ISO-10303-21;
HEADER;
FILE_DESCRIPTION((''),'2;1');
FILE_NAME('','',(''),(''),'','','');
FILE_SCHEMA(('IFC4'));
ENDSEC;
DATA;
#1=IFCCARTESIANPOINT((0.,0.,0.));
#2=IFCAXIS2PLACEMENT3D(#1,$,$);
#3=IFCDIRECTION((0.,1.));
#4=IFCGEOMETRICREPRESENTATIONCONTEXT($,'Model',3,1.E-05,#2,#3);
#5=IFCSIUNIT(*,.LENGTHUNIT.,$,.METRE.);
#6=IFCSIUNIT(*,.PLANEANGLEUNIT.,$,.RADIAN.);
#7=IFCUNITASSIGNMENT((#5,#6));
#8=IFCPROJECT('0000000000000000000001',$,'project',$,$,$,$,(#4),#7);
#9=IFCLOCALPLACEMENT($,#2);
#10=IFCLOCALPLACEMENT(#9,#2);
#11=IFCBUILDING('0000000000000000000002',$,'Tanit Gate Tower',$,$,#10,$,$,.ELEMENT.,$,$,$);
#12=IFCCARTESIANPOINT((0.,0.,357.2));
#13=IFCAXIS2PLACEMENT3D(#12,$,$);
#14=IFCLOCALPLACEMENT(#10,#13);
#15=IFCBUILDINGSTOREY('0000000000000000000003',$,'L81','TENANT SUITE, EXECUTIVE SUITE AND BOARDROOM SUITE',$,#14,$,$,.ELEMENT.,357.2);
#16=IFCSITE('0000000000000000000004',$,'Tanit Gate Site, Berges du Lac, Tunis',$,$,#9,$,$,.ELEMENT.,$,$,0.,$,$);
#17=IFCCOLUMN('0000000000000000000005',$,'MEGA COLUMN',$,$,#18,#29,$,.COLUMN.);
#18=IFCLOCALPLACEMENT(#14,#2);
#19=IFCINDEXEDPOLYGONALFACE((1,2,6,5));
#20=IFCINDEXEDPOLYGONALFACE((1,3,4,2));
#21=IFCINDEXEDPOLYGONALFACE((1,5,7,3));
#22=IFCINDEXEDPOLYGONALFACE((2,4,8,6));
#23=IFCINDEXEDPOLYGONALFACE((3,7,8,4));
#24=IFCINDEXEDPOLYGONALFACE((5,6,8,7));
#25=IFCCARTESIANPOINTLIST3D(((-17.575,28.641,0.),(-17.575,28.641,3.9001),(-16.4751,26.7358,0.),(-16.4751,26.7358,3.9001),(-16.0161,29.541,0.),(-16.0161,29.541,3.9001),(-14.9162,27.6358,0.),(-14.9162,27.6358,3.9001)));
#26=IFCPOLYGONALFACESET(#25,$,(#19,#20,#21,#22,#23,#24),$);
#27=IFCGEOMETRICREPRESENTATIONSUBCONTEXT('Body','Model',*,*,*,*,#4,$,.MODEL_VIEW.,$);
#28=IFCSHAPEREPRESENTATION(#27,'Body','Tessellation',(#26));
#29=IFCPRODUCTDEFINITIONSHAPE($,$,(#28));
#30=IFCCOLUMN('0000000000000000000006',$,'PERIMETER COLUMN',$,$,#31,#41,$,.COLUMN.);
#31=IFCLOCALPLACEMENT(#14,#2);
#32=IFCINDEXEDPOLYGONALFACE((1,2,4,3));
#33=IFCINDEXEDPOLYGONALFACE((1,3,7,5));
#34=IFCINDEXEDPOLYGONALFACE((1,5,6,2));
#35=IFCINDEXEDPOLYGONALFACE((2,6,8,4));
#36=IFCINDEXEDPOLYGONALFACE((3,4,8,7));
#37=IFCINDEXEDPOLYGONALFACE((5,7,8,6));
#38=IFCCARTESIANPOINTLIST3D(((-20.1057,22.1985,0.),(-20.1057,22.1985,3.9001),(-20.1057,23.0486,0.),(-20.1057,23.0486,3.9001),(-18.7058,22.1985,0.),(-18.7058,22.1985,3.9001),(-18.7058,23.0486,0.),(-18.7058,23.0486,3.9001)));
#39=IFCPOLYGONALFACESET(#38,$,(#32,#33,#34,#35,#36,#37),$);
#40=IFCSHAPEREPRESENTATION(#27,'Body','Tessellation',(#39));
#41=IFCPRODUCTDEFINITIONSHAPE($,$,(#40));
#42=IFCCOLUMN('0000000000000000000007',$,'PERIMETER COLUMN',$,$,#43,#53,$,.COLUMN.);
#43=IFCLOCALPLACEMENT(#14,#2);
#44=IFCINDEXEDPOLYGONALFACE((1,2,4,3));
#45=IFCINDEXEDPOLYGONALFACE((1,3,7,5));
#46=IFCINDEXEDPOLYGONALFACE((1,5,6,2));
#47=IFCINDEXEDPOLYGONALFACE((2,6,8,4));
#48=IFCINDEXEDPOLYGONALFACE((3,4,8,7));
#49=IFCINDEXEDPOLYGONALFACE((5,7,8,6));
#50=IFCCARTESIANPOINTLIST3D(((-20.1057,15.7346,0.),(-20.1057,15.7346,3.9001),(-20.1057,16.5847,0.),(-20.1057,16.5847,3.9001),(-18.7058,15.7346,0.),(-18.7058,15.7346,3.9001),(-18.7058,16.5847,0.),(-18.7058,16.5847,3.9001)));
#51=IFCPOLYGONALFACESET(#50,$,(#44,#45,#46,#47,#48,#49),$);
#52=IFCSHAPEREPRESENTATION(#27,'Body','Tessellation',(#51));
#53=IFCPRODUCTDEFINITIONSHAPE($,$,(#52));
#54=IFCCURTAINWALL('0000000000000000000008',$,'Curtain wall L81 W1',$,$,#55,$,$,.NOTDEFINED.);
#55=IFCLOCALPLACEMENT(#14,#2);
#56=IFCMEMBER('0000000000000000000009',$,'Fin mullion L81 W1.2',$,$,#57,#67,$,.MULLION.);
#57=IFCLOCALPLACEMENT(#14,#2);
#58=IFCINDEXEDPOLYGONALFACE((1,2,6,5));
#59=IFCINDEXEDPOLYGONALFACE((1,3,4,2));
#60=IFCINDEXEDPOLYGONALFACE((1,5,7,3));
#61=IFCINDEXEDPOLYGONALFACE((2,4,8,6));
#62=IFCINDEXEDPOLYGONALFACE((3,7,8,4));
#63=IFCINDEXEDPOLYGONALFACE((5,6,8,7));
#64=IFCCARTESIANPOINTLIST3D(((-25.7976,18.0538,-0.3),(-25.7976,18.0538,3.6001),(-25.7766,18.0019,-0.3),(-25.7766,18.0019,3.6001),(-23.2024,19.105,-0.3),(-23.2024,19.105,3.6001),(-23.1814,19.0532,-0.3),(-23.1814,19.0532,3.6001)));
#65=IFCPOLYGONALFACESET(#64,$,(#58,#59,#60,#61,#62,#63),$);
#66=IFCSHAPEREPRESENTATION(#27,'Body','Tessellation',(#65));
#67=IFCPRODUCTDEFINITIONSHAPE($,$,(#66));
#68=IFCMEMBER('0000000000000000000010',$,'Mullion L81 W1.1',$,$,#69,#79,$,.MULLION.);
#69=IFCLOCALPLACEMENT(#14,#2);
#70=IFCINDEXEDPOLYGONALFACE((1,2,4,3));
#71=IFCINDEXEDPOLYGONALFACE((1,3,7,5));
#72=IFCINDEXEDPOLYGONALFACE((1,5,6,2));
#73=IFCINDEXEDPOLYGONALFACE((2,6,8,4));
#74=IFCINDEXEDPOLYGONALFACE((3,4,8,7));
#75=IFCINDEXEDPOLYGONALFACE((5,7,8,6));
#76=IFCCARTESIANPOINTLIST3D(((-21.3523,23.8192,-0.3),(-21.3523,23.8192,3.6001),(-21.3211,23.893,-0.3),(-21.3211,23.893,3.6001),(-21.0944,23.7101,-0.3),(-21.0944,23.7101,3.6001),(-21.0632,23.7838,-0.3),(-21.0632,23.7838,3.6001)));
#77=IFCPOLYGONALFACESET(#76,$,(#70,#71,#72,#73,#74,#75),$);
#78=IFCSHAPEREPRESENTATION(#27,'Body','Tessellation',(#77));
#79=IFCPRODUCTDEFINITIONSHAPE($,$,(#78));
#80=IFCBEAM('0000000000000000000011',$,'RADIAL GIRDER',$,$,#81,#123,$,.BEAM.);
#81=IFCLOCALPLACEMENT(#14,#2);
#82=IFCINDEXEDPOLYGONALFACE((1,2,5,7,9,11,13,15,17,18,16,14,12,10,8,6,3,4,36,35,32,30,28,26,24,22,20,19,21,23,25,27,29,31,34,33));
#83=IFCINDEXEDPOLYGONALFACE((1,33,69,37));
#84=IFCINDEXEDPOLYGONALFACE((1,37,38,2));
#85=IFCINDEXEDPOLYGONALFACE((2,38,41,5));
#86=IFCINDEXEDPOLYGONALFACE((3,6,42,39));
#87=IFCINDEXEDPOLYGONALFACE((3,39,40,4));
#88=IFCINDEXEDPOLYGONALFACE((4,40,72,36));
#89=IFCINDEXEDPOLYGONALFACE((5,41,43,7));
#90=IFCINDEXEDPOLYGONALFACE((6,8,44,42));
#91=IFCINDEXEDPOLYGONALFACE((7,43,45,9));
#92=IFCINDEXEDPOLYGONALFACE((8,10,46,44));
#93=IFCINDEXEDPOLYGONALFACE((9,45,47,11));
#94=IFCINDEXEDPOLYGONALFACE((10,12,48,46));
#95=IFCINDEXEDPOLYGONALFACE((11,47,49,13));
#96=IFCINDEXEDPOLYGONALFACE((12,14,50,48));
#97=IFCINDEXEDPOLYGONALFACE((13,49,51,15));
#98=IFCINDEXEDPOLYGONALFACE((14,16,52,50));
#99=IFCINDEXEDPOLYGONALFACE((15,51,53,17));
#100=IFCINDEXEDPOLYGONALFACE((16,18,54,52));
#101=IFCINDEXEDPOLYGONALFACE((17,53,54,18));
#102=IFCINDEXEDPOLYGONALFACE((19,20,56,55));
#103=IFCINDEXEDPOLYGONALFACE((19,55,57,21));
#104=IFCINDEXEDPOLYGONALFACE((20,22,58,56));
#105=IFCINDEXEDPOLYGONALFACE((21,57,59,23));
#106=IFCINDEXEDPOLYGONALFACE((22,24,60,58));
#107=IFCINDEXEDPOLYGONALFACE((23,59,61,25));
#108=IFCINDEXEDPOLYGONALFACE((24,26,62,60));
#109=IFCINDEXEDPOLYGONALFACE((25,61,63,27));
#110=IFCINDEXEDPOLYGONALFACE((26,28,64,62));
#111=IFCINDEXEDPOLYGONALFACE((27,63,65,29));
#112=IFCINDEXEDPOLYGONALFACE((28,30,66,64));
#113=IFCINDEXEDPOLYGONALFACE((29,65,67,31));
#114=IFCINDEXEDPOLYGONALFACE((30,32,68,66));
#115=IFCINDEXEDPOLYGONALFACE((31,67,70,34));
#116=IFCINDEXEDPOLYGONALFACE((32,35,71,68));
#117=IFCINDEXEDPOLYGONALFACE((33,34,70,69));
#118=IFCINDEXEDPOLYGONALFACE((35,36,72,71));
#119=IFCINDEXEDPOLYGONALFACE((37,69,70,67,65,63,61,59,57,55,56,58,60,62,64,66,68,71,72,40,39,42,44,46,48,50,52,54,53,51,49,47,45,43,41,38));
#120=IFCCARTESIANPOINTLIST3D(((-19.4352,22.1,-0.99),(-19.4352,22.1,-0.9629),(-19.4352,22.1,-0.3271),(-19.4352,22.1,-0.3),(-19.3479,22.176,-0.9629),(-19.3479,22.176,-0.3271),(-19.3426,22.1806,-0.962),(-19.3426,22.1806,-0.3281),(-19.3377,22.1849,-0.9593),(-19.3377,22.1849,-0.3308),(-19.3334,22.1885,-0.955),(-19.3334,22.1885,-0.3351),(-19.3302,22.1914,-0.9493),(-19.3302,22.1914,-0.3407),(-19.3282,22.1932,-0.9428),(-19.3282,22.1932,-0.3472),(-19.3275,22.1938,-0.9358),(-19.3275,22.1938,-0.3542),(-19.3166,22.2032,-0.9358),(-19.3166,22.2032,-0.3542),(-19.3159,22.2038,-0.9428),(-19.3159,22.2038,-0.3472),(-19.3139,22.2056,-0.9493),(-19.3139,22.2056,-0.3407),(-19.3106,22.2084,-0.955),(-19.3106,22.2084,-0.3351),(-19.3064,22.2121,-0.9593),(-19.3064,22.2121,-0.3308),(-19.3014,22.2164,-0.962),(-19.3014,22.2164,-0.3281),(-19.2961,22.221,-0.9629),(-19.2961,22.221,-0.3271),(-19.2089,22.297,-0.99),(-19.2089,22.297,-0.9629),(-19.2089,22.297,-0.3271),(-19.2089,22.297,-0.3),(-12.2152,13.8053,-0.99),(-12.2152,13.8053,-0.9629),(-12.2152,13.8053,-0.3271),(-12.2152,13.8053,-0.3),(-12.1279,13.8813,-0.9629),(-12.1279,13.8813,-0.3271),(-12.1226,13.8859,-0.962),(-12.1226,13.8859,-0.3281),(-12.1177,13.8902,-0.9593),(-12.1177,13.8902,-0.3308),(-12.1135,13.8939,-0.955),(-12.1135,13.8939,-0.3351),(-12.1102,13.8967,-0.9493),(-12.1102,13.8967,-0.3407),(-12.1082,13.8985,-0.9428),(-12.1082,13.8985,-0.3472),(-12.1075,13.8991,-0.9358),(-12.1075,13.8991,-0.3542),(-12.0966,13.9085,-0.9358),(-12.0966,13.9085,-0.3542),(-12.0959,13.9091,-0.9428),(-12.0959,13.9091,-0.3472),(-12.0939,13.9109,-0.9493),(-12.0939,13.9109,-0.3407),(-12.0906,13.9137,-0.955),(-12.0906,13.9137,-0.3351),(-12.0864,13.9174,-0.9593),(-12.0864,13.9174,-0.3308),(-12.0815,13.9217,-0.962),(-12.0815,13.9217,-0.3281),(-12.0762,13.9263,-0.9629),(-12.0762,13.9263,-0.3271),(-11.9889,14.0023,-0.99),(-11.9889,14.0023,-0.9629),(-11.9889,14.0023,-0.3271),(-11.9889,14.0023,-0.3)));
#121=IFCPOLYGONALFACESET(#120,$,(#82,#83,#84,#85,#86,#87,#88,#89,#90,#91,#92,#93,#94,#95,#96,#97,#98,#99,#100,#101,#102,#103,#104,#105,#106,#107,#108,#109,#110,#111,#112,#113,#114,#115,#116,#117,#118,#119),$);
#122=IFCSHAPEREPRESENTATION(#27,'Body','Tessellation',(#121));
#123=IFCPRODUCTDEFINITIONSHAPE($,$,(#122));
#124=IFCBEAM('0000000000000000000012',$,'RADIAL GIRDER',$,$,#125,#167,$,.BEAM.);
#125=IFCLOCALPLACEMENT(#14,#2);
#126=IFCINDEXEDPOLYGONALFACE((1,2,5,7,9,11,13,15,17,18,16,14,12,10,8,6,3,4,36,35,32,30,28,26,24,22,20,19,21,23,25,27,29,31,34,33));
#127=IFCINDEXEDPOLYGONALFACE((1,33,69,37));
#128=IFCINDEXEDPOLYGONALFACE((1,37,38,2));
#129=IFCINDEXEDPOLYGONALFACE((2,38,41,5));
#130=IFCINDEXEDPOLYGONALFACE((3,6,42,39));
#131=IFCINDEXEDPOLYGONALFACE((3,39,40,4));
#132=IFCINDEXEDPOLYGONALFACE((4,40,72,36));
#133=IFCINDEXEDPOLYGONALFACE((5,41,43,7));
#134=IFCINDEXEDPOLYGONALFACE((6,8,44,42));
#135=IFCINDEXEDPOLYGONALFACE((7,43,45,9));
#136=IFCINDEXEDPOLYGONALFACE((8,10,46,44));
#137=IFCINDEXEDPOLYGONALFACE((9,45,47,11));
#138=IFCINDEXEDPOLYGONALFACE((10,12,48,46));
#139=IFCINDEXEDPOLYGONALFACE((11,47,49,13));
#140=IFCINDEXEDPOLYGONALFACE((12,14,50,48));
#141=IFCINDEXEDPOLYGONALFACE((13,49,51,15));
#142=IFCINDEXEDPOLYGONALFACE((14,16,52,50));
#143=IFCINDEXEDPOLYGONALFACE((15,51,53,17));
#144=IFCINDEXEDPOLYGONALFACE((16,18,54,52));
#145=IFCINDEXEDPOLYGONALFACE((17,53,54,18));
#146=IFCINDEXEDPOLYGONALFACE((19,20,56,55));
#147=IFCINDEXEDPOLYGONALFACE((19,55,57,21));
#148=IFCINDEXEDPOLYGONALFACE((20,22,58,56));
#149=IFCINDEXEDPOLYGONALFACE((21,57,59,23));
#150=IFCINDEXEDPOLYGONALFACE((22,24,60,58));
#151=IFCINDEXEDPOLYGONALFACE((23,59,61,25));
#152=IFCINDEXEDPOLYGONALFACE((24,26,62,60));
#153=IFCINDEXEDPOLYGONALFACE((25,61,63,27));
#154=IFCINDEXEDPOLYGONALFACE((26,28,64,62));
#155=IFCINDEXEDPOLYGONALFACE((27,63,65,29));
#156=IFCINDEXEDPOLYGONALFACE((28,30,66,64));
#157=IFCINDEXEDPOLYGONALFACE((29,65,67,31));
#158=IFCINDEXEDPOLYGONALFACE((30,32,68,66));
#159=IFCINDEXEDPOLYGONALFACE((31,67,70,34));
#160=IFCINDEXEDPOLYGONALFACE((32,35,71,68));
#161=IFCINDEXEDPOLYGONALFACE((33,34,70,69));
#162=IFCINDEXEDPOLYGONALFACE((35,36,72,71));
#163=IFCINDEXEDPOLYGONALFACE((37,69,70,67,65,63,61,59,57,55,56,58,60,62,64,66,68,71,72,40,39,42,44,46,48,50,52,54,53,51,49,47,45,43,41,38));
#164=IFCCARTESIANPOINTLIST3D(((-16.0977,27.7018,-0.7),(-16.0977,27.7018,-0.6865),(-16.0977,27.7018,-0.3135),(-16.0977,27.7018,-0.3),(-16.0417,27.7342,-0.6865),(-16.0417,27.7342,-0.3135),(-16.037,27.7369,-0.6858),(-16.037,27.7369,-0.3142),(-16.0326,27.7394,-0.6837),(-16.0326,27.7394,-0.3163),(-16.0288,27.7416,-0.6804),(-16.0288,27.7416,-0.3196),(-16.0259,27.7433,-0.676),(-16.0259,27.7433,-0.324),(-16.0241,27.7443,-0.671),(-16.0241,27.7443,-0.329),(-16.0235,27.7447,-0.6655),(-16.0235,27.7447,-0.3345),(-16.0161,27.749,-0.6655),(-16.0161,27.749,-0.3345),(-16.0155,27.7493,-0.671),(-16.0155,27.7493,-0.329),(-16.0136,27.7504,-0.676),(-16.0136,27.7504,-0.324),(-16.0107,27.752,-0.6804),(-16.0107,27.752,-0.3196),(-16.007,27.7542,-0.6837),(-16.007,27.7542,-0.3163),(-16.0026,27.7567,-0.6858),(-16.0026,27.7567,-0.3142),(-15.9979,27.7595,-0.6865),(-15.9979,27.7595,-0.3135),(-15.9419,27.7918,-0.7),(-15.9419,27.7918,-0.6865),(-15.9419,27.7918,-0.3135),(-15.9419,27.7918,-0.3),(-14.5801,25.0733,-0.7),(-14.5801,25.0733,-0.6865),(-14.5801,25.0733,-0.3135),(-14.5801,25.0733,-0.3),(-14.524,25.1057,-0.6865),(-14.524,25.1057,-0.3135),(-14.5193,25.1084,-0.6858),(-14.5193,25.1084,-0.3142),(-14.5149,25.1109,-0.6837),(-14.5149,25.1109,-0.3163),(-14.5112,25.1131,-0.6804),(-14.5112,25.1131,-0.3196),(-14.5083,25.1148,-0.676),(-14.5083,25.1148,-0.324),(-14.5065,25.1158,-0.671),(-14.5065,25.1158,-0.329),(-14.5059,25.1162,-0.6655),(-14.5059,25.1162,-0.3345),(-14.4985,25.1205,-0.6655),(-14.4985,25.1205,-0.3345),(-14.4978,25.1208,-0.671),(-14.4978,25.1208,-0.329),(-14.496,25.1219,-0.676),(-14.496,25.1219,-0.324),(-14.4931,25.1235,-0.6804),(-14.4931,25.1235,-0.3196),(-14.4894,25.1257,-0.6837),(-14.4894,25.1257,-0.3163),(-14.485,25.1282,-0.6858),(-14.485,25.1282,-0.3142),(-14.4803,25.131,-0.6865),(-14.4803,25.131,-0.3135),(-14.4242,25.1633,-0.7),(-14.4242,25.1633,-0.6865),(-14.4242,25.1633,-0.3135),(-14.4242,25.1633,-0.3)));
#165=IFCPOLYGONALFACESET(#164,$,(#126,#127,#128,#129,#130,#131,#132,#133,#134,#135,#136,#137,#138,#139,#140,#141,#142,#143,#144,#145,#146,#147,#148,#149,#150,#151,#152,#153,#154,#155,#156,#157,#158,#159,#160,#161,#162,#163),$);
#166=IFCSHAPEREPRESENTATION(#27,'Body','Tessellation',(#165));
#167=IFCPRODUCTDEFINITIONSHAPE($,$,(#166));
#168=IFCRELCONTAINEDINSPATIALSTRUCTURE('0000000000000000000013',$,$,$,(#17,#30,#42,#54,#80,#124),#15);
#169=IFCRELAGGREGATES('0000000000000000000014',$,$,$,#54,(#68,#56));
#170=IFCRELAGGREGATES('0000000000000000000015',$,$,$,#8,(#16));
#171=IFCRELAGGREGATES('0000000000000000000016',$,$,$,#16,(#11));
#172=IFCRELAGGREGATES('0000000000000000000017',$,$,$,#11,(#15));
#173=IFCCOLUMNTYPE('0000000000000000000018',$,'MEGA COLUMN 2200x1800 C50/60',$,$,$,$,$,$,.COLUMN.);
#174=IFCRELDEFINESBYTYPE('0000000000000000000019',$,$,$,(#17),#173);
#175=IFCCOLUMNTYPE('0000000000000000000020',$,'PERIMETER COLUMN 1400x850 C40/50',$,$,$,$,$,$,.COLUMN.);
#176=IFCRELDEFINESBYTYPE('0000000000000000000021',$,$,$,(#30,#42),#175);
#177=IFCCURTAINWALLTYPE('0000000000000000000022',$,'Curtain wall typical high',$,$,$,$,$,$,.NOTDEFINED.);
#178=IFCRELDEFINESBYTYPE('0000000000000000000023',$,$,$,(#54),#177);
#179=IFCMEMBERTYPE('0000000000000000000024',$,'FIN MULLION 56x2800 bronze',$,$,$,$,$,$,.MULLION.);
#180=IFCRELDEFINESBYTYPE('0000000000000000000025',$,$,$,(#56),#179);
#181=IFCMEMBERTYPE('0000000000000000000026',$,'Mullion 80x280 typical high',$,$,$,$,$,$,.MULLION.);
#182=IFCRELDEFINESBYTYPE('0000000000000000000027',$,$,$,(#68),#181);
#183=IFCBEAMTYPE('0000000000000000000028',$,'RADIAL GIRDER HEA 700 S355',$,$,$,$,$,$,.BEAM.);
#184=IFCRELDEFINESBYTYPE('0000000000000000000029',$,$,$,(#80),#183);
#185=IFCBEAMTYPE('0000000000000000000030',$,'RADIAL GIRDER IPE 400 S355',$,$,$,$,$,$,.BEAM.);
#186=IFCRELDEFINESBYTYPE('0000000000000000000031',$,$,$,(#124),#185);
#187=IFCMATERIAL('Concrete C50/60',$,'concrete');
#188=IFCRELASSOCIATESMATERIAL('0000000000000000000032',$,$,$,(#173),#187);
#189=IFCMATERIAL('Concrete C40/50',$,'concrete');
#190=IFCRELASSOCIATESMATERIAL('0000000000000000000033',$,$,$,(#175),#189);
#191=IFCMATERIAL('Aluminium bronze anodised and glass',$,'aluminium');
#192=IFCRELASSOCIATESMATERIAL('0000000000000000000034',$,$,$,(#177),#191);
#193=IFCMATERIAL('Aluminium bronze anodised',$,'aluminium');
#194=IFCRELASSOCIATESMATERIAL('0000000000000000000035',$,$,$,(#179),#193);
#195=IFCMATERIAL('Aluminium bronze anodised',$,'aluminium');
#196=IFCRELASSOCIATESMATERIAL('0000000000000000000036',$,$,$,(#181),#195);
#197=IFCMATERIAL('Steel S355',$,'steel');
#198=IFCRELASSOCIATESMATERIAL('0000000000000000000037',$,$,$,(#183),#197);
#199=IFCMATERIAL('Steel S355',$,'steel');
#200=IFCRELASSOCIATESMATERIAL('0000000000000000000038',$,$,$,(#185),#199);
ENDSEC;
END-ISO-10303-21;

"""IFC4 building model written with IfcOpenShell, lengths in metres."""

from ifc_helpers import new_model, si_unit, direction, frame, origin, origin_2d, place, context, subcontext, project, spatial, rectangle, i_section, extrude, material, material_profile, profile_set, type_object, element, aggregate, save


model = new_model("IFC4")

# Units and contexts
model_context = context("Model", 3, precision=1e-05, world=origin(), true_north=direction((0.0, 1.0)))
body_context = subcontext(model_context, "Body", "Model", "MODEL_VIEW")
ifc_project = project(units=[si_unit("LENGTHUNIT", "METRE"), si_unit("PLANEANGLEUNIT", "RADIAN")], contexts=[model_context])

# Site, building, storey
site_placement = place(None, origin())
site = spatial("IfcSite", under=ifc_project, at=site_placement, Name="Tanit Gate Site, Berges du Lac, Tunis", CompositionType="ELEMENT", RefElevation=0.0)
building_placement = place(site_placement, origin())
building = spatial("IfcBuilding", under=site, at=building_placement, Name="Tanit Gate Tower", CompositionType="ELEMENT")
storey_placement = place(building_placement, frame((0.0, 0.0, 357.2)))
storey = spatial("IfcBuildingStorey", under=building, at=storey_placement, Name="L81", Description="TENANT SUITE, EXECUTIVE SUITE AND BOARDROOM SUITE", CompositionType="ELEMENT", Elevation=357.2)

# Columns
ifc_material_1 = material(Name="Concrete C50/60", Category="concrete")
ifc_material_profile_1 = material_profile(ifc_material_1, rectangle(XDim=2.2, YDim=1.8, at=origin_2d()), Name="RC 2200x1800")
ifc_profile_set_1 = profile_set([ifc_material_profile_1], Name="Concrete C50/60")
column_type_1 = type_object("IfcColumnType", Name="MEGA COLUMN 2200x1800 C50/60", PredefinedType="COLUMN", material=ifc_profile_set_1)
column_placement = place(storey_placement, frame((-16.2456, 28.1384, 0.0), z_axis=(0.0, 0.0, 1.0), x_axis=(-0.5, 0.866025, 0.0)))
element("IfcColumn", 1, at=column_placement, inside=storey, type_object=column_type_1, Name="MEGA COLUMN", PredefinedType="COLUMN", context=body_context, shape_type="SweptSolid", body=[
    extrude(rectangle(XDim=2.2, YDim=1.8, at=origin_2d()), origin(), (0.0, 0.0, 1.0), 3.9001),
])
ifc_material_2 = material(Name="Concrete C40/50", Category="concrete")
ifc_material_profile_2 = material_profile(ifc_material_2, rectangle(XDim=1.3999, YDim=0.8501, at=origin_2d()), Name="RC 1400x850")
ifc_profile_set_2 = profile_set([ifc_material_profile_2], Name="Concrete C40/50")
column_type_2 = type_object("IfcColumnType", Name="PERIMETER COLUMN 1400x850 C40/50", PredefinedType="COLUMN", material=ifc_profile_set_2)
for number, where, z_axis, x_axis, name in (
    (2, (-19.4058, 22.6235, 0.0), (0.0, 0.0, 1.0), (-1.0, 0.0, 0.0), "PERIMETER COLUMN"),
    (3, (-19.4058, 16.1597, 0.0), (0.0, 0.0, 1.0), (-1.0, 0.0, 0.0), "PERIMETER COLUMN"),
):
    element("IfcColumn", number, at=place(storey_placement, frame(where, z_axis=z_axis, x_axis=x_axis)), inside=storey, type_object=column_type_2, Name=name, PredefinedType="COLUMN", context=body_context, shape_type="SweptSolid", body=[
        extrude(rectangle(XDim=1.3999, YDim=0.8501, at=origin_2d()), origin(), (0.0, 0.0, 1.0), 3.9001),
    ])

# Curtain wall, members
ifc_material_3 = material(Name="Aluminium bronze anodised and glass", Category="aluminium")
curtain_wall_type = type_object("IfcCurtainWallType", Name="Curtain wall typical high", PredefinedType="NOTDEFINED", material=ifc_material_3)
curtain_wall_placement = place(storey_placement, origin())
curtain_wall = element("IfcCurtainWall", 4, at=curtain_wall_placement, inside=storey, type_object=curtain_wall_type, Name="Curtain wall L81 W1", PredefinedType="NOTDEFINED")
ifc_material_4 = material(Name="Aluminium bronze anodised", Category="aluminium")
ifc_material_profile_3 = material_profile(ifc_material_4, rectangle(XDim=2.8, YDim=0.0559, at=origin_2d()), Name="56x2800 bronze fin mullion")
ifc_profile_set_3 = profile_set([ifc_material_profile_3], Name="Aluminium bronze anodised")
member_type_1 = type_object("IfcMemberType", Name="FIN MULLION 56x2800 bronze", PredefinedType="MULLION", material=ifc_profile_set_3)
member_1_placement = place(storey_placement, frame((-24.4895, 18.5535, -0.3), z_axis=(0.0, 0.0, 1.0), x_axis=(0.926848, 0.375438, 0.0)))
member_1 = element("IfcMember", 5, at=member_1_placement, type_object=member_type_1, Name="Fin mullion L81 W1.2", PredefinedType="MULLION", context=body_context, shape_type="SweptSolid", body=[
    extrude(rectangle(XDim=2.8, YDim=0.0559, at=origin_2d()), origin(), (0.0, 0.0, 1.0), 3.9001),
])
ifc_material_5 = material(Name="Aluminium bronze anodised", Category="aluminium")
ifc_material_profile_4 = material_profile(ifc_material_5, rectangle(XDim=0.28, YDim=0.0801, at=origin_2d()), Name="80x280 bronze mullion")
ifc_profile_set_4 = profile_set([ifc_material_profile_4], Name="Aluminium bronze anodised")
member_type_2 = type_object("IfcMemberType", Name="Mullion 80x280 typical high", PredefinedType="MULLION", material=ifc_profile_set_4)
member_2_placement = place(storey_placement, frame((-21.2078, 23.8015, -0.3), z_axis=(0.0, 0.0, 1.0), x_axis=(0.920855, -0.389906, 0.0)))
member_2 = element("IfcMember", 6, at=member_2_placement, type_object=member_type_2, Name="Mullion L81 W1.1", PredefinedType="MULLION", context=body_context, shape_type="SweptSolid", body=[
    extrude(rectangle(XDim=0.28, YDim=0.0801, at=origin_2d()), origin(), (0.0, 0.0, 1.0), 3.9001),
])

# Beams
ifc_material_6 = material(Name="Steel S355", Category="steel")
ifc_material_profile_5 = material_profile(ifc_material_6, i_section(OverallWidth=0.3, OverallDepth=0.6899, WebThickness=0.0144, FlangeThickness=0.0271, FilletRadius=0.0271, at=origin_2d()), Name="HEA 700")
ifc_profile_set_5 = profile_set([ifc_material_profile_5], Name="Steel S355")
beam_type_1 = type_object("IfcBeamType", Name="RADIAL GIRDER HEA 700 S355", PredefinedType="BEAM", material=ifc_profile_set_5)
beam_1_placement = place(storey_placement, frame((-19.322, 22.1985, -0.645), z_axis=(0.656552, -0.754281, 0.0), x_axis=(0.754281, 0.656552, 0.0)))
element("IfcBeam", 7, at=beam_1_placement, inside=storey, type_object=beam_type_1, Name="RADIAL GIRDER", PredefinedType="BEAM", context=body_context, shape_type="SweptSolid", body=[
    extrude(i_section(OverallWidth=0.3, OverallDepth=0.6899, WebThickness=0.0144, FlangeThickness=0.0271, FilletRadius=0.0271, at=origin_2d()), origin(), (0.0, 0.0, 1.0), 10.9968),
])
ifc_material_7 = material(Name="Steel S355", Category="steel")
ifc_material_profile_6 = material_profile(ifc_material_7, i_section(OverallWidth=0.1799, OverallDepth=0.3999, WebThickness=0.0085, FlangeThickness=0.0134, FilletRadius=0.021, at=origin_2d()), Name="IPE 400")
ifc_profile_set_6 = profile_set([ifc_material_profile_6], Name="Steel S355")
beam_type_2 = type_object("IfcBeamType", Name="RADIAL GIRDER IPE 400 S355", PredefinedType="BEAM", material=ifc_profile_set_6)
beam_2_placement = place(storey_placement, frame((-16.0198, 27.7468, -0.5), z_axis=(0.500015, -0.866017, 0.0), x_axis=(0.866017, 0.500015, 0.0)))
element("IfcBeam", 8, at=beam_2_placement, inside=storey, type_object=beam_type_2, Name="RADIAL GIRDER", PredefinedType="BEAM", context=body_context, shape_type="SweptSolid", body=[
    extrude(i_section(OverallWidth=0.1799, OverallDepth=0.3999, WebThickness=0.0085, FlangeThickness=0.0134, FilletRadius=0.021, at=origin_2d()), origin(), (0.0, 0.0, 1.0), 3.0352),
])

aggregate(curtain_wall, [member_2, member_1])

save(model, "model.ifc")
